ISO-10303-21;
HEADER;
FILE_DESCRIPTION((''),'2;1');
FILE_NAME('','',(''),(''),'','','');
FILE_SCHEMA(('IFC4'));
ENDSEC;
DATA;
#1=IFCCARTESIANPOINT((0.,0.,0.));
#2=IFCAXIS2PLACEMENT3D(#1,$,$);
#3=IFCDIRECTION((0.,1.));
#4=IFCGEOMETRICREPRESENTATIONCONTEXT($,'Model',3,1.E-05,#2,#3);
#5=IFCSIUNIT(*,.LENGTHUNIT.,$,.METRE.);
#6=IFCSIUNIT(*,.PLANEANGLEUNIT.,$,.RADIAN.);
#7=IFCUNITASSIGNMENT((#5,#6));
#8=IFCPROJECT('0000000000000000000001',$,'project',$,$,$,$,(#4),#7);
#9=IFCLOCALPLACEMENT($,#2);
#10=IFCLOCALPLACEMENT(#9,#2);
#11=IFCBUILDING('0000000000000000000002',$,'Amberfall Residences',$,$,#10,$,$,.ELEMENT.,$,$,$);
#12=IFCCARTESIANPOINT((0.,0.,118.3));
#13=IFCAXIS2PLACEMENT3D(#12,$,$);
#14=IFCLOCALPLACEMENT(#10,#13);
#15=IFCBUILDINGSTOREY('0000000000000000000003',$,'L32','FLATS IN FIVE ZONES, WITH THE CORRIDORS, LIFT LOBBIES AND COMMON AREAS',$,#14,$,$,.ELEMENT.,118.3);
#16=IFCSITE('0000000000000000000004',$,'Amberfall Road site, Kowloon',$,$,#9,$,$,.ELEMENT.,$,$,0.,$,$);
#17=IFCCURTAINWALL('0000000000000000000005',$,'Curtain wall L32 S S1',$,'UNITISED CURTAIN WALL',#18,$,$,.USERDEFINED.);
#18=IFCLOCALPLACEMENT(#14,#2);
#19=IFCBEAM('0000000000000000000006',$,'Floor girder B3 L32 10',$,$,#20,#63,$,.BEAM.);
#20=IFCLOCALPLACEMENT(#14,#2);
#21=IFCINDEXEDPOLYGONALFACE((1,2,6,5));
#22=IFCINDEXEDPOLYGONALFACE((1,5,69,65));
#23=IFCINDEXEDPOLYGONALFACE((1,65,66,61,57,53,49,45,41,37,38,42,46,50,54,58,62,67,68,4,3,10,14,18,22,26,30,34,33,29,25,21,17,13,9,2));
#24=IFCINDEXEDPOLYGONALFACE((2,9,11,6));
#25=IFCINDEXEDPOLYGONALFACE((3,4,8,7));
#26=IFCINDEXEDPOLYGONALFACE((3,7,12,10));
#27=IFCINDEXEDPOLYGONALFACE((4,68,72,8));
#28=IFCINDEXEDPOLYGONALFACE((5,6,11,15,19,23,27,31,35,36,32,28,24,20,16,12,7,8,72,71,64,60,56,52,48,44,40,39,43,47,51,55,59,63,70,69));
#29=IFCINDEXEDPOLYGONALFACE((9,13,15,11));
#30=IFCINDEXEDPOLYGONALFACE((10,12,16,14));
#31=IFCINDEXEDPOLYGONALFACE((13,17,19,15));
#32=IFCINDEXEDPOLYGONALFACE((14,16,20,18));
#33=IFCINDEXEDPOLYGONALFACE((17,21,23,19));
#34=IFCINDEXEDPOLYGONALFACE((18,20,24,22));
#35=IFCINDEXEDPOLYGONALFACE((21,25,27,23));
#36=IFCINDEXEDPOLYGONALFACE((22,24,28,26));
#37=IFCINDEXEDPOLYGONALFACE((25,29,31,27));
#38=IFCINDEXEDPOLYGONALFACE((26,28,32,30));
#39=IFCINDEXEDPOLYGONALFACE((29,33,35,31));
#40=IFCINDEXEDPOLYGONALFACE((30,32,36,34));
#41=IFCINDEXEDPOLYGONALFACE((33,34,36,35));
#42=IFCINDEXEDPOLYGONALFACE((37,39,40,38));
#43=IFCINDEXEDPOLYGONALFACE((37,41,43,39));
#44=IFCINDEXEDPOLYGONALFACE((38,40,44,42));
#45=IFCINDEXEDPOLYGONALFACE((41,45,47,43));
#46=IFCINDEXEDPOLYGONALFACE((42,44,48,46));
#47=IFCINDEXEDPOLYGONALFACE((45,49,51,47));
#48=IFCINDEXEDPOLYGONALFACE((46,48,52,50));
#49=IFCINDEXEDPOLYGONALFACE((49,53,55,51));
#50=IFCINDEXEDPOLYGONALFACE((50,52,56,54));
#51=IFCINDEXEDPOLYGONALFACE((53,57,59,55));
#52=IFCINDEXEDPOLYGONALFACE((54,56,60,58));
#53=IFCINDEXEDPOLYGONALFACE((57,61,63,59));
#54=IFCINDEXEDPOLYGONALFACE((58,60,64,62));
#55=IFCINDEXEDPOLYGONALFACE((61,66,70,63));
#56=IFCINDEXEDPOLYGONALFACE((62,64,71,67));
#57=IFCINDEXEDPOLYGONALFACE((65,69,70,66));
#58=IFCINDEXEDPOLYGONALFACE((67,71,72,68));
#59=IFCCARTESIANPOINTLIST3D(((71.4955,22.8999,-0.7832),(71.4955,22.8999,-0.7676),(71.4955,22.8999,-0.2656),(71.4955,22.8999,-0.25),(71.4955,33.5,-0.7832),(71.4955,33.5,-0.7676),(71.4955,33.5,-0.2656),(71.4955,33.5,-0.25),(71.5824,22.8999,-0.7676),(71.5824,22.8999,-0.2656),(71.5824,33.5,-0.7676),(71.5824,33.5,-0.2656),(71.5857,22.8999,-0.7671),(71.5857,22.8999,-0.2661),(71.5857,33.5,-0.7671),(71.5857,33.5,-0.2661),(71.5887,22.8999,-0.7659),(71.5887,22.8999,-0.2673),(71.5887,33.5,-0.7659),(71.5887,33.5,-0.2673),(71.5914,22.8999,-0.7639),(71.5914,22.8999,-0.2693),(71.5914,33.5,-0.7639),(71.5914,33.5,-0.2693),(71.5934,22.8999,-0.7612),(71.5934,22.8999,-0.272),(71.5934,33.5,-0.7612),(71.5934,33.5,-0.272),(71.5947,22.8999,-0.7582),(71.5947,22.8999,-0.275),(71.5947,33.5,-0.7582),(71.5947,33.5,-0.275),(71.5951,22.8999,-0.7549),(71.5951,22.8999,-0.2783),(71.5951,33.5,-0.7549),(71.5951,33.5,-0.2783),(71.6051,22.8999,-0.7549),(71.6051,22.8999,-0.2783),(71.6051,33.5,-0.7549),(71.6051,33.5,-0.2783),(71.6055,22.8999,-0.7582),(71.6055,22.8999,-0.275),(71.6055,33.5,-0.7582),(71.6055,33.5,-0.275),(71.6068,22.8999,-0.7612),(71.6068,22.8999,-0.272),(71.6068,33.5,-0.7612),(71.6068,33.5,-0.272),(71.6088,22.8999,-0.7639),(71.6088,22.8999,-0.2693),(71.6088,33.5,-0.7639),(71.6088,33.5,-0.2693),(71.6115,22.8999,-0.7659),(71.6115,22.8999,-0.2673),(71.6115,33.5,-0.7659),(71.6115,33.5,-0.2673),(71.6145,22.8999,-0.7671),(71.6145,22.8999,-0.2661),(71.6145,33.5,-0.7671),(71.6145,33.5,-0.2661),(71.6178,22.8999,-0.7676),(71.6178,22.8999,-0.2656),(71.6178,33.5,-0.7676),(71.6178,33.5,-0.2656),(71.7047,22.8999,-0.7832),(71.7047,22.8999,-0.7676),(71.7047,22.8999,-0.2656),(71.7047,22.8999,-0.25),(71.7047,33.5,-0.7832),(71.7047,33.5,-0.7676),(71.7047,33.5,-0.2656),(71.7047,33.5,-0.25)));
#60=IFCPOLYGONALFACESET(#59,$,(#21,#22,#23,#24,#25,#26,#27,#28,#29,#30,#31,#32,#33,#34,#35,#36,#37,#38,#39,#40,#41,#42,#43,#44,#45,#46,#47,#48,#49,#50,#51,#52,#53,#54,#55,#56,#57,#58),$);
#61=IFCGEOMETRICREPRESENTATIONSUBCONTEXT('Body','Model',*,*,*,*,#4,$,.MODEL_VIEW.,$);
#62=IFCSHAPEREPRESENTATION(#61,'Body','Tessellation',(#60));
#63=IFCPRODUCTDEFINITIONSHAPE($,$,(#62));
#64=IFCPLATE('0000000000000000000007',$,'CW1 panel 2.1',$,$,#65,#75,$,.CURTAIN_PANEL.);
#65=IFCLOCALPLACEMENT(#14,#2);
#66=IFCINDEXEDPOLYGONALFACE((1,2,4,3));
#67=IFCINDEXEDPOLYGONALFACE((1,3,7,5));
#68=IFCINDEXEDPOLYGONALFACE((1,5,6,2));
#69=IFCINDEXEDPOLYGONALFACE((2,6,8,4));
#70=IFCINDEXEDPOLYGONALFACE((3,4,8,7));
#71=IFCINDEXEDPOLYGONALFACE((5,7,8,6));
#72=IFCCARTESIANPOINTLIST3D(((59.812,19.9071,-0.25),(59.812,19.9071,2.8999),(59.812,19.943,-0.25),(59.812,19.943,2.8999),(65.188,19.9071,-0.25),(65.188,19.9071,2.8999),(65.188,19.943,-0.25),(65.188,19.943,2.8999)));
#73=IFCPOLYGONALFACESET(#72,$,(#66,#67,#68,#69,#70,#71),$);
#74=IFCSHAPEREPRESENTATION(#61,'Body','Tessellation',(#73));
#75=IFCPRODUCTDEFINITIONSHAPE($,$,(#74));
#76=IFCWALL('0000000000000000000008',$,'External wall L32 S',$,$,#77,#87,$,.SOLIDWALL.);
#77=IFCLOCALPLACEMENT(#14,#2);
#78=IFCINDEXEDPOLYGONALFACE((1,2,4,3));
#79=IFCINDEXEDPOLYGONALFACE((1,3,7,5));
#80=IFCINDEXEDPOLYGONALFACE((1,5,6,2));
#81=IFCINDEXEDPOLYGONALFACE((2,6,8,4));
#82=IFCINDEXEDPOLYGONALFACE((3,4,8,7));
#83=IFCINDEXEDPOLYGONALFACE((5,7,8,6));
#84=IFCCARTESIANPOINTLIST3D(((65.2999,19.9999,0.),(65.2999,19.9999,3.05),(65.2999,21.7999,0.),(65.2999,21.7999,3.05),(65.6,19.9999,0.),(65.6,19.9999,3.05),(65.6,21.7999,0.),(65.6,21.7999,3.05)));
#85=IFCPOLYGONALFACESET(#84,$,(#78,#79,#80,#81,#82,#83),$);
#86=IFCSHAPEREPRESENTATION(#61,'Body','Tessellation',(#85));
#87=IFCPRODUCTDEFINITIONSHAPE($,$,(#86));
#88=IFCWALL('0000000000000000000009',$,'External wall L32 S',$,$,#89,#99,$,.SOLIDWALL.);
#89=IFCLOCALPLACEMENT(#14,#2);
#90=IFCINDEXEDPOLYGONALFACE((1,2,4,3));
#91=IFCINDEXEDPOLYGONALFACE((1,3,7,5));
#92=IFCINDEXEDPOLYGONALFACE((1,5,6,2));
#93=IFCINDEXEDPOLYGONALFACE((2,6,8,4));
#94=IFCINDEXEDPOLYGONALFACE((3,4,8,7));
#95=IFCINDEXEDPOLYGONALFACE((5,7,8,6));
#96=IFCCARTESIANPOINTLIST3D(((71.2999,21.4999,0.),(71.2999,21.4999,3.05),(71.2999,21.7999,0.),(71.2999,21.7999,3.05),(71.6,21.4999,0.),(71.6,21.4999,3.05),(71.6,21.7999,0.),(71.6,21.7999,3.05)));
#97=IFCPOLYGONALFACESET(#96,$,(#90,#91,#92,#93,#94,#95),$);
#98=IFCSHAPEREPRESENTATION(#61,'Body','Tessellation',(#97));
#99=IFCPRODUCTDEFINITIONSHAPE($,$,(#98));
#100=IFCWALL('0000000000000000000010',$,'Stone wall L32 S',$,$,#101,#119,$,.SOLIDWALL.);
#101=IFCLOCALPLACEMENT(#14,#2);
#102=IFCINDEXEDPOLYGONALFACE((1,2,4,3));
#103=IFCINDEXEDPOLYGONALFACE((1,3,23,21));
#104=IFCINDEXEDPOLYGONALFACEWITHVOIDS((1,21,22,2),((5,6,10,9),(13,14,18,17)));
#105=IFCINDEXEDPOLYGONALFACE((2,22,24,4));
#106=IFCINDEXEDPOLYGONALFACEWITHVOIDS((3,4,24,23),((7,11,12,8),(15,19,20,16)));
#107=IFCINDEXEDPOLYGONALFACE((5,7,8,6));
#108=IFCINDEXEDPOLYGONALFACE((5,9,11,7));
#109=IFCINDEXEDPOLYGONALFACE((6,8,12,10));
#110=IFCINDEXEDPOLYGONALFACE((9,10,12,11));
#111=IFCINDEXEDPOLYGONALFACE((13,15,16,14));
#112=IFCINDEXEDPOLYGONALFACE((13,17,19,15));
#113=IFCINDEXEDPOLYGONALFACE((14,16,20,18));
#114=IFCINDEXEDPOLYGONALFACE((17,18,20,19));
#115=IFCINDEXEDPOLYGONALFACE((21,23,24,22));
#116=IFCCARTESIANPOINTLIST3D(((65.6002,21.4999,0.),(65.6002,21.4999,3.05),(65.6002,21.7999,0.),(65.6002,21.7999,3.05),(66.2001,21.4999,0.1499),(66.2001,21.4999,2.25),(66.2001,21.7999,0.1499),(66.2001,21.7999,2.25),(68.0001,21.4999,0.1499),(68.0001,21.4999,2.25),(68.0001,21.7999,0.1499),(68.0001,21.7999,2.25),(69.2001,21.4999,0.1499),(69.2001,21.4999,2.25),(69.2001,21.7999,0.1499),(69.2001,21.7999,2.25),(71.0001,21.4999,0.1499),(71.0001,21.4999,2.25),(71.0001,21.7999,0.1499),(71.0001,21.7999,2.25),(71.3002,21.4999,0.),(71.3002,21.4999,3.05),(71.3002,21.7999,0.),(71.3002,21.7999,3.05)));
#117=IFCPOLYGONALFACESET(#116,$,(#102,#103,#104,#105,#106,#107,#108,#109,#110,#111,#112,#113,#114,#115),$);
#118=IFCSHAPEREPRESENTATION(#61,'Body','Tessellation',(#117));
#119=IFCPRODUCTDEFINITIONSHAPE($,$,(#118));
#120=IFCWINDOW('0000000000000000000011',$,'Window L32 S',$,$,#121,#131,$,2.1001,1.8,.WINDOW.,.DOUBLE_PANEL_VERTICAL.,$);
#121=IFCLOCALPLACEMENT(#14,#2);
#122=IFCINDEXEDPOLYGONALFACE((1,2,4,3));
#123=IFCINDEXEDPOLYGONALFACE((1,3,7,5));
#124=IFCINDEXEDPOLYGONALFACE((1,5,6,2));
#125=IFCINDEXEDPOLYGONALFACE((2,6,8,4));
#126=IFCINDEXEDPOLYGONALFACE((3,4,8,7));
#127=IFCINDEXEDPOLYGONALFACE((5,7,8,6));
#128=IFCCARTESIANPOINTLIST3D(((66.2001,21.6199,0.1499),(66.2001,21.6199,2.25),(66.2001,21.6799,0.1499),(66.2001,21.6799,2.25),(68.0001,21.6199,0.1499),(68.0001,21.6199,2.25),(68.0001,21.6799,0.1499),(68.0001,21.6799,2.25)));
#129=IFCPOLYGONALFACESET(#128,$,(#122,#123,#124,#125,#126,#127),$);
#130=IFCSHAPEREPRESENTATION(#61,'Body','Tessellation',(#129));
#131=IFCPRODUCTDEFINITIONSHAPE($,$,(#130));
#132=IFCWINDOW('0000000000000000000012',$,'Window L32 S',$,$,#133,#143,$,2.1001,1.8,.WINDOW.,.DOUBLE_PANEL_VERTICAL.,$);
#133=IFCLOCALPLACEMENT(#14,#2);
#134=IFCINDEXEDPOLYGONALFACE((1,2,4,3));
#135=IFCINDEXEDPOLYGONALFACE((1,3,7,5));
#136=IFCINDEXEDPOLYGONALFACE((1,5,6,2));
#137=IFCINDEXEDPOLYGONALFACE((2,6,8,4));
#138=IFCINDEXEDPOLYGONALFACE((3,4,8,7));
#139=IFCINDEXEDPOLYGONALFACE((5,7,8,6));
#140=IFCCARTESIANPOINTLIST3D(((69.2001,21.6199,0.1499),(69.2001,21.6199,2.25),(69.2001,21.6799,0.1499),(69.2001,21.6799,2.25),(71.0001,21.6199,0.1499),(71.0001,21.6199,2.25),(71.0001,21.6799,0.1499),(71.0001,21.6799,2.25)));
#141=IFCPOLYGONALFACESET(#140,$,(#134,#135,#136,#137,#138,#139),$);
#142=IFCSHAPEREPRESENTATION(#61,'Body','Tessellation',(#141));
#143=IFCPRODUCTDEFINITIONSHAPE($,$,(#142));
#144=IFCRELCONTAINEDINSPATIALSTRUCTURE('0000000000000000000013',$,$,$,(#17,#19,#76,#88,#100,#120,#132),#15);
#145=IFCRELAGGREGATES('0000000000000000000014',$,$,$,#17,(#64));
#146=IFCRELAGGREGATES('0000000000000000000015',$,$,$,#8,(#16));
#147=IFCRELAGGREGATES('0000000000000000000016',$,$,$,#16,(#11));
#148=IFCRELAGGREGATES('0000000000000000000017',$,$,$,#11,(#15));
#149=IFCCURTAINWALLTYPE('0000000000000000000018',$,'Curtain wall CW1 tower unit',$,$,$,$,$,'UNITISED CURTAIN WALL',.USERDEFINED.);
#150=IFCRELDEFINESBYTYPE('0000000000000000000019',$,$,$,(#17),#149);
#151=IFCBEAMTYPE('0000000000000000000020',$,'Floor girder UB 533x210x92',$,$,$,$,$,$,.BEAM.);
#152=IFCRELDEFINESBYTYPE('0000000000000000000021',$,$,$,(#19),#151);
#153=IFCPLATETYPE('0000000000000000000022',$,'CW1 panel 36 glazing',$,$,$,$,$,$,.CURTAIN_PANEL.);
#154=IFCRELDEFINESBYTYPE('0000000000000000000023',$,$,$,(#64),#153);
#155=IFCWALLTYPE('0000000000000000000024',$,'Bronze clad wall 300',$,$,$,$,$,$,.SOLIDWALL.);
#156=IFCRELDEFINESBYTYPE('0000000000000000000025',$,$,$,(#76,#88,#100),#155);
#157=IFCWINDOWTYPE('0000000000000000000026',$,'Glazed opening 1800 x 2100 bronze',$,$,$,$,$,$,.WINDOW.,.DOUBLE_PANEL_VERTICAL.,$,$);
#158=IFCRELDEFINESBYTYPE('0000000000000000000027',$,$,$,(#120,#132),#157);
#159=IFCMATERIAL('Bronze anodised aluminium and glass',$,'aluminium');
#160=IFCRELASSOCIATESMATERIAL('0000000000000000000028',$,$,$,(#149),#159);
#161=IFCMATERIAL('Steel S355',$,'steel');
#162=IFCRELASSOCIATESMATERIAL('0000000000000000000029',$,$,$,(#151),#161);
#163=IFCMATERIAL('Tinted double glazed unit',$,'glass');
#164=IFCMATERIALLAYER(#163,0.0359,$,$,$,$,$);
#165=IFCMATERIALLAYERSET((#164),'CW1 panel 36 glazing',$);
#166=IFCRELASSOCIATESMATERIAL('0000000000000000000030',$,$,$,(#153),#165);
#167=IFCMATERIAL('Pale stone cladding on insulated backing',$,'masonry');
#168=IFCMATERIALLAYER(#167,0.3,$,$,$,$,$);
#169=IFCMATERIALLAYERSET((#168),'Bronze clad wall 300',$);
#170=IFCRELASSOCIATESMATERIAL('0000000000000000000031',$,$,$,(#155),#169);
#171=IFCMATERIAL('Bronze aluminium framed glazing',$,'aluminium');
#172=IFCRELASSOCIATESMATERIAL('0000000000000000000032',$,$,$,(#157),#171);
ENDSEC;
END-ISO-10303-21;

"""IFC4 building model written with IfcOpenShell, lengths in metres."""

from ifc_helpers import new_model, si_unit, direction, frame, frame_2d, origin, origin_2d, place, context, subcontext, project, spatial, rectangle, i_section, extrude, material, layer, layer_set, material_profile, profile_set, type_object, element, fill, aggregate, save


model = new_model("IFC4")

# Units and contexts
model_context = context("Model", 3, precision=1e-05, world=origin(), true_north=direction((0.0, 1.0)))
body_context = subcontext(model_context, "Body", "Model", "MODEL_VIEW")
ifc_project = project(units=[si_unit("LENGTHUNIT", "METRE"), si_unit("PLANEANGLEUNIT", "RADIAN")], contexts=[model_context])

# Site, building, storey
site_placement = place(None, origin())
site = spatial("IfcSite", under=ifc_project, at=site_placement, Name="Amberfall Road site, Kowloon", CompositionType="ELEMENT", RefElevation=0.0)
building_placement = place(site_placement, origin())
building = spatial("IfcBuilding", under=site, at=building_placement, Name="Amberfall Residences", CompositionType="ELEMENT")
storey_placement = place(building_placement, frame((0.0, 0.0, 118.3)))
storey = spatial("IfcBuildingStorey", under=building, at=storey_placement, Name="L32", Description="FLATS IN FIVE ZONES, WITH THE CORRIDORS, LIFT LOBBIES AND COMMON AREAS", CompositionType="ELEMENT", Elevation=118.3)

# Curtain wall
ifc_material_1 = material(Name="Bronze anodised aluminium and glass", Category="aluminium")
curtain_wall_type = type_object("IfcCurtainWallType", Name="Curtain wall CW1 tower unit", ElementType="UNITISED CURTAIN WALL", PredefinedType="USERDEFINED", material=ifc_material_1)
curtain_wall_placement = place(storey_placement, origin())
curtain_wall = element("IfcCurtainWall", 1, at=curtain_wall_placement, inside=storey, type_object=curtain_wall_type, Name="Curtain wall L32 S S1", ObjectType="UNITISED CURTAIN WALL", PredefinedType="USERDEFINED")

# Shared definitions
ifc_material_2 = material(Name="Steel S355", Category="steel")

# Beam
ifc_material_profile_1 = material_profile(ifc_material_2, i_section(OverallWidth=0.2092, OverallDepth=0.5332, WebThickness=0.01, FlangeThickness=0.0156, FilletRadius=0.0127, at=origin_2d()), Name="UB 533x210x92")
ifc_profile_set_1 = profile_set([ifc_material_profile_1], Name="Steel S355")
beam_type_1 = type_object("IfcBeamType", Name="Floor girder UB 533x210x92", PredefinedType="BEAM", material=ifc_profile_set_1)
for number, where, z_axis, x_axis, name in (
    (2, (71.6001, 22.8999, -0.5166), (0.0, 1.0, 0.0), (-1.0, 0.0, 0.0), "Floor girder B3 L32 10"),
):
    element("IfcBeam", number, at=place(storey_placement, frame(where, z_axis=z_axis, x_axis=x_axis)), inside=storey, type_object=beam_type_1, Name=name, PredefinedType="BEAM", context=body_context, shape_type="SweptSolid", body=[
        extrude(i_section(OverallWidth=0.2092, OverallDepth=0.5332, WebThickness=0.01, FlangeThickness=0.0156, FilletRadius=0.0127, at=origin_2d()), origin(), (0.0, 0.0, 1.0), 10.6001),
    ])

# Plate
ifc_material_3 = material(Name="Tinted double glazed unit", Category="glass")
ifc_layer_1 = layer(ifc_material_3, 0.0359)
ifc_layer_set_1 = layer_set([ifc_layer_1], Name="CW1 panel 36 glazing")
plate_type = type_object("IfcPlateType", Name="CW1 panel 36 glazing", PredefinedType="CURTAIN_PANEL", material=ifc_layer_set_1)
plate_placement = place(storey_placement, frame((62.5, 19.925, -0.25), z_axis=(0.0, 0.0, 1.0), x_axis=(1.0, 0.0, 0.0)))
plate = element("IfcPlate", 3, at=plate_placement, type_object=plate_type, Name="CW1 panel 2.1", PredefinedType="CURTAIN_PANEL", context=body_context, shape_type="SweptSolid", body=[
    extrude(rectangle(XDim=5.376, YDim=0.0359, at=origin_2d()), origin(), (0.0, 0.0, 1.0), 3.1499),
])
aggregate(curtain_wall, [plate])

# Walls
ifc_material_4 = material(Name="Pale stone cladding on insulated backing", Category="masonry")
ifc_layer_2 = layer(ifc_material_4, 0.3)
ifc_layer_set_2 = layer_set([ifc_layer_2], Name="Bronze clad wall 300")
wall_type_1 = type_object("IfcWallType", Name="Bronze clad wall 300", PredefinedType="SOLIDWALL", material=ifc_layer_set_2)
wall_1_placement = place(storey_placement, frame((65.45, 20.0, 0.0), z_axis=(0.0, 0.0, 1.0), x_axis=(0.0, 1.0, 0.0)))
element("IfcWall", 4, at=wall_1_placement, inside=storey, type_object=wall_type_1, Name="External wall L32 S", PredefinedType="SOLIDWALL", context=body_context, shape_type="SweptSolid", body=[
    extrude(rectangle(XDim=1.8, YDim=0.3, at=frame_2d((0.8999, 0.0))), origin(), (0.0, 0.0, 1.0), 3.05),
])
wall_2_placement = place(storey_placement, frame((71.45, 21.5, 0.0), z_axis=(0.0, 0.0, 1.0), x_axis=(0.0, 1.0, 0.0)))
element("IfcWall", 5, at=wall_2_placement, inside=storey, type_object=wall_type_1, Name="External wall L32 S", PredefinedType="SOLIDWALL", context=body_context, shape_type="SweptSolid", body=[
    extrude(rectangle(XDim=0.3, YDim=0.3, at=frame_2d((0.1499, 0.0))), origin(), (0.0, 0.0, 1.0), 3.05),
])

# Wall, openings, windows
wall_3_placement = place(storey_placement, frame((65.6001, 21.6499, 0.0), z_axis=(0.0, 0.0, 1.0), x_axis=(1.0, 0.0, 0.0)))
wall_3 = element("IfcWall", 6, at=wall_3_placement, inside=storey, type_object=wall_type_1, Name="Stone wall L32 S", PredefinedType="SOLIDWALL", context=body_context, shape_type="SweptSolid", body=[
    extrude(rectangle(XDim=5.7, YDim=0.3, at=frame_2d((2.8501, 0.0))), origin(), (0.0, 0.0, 1.0), 3.05),
])
opening_1_placement = place(wall_3_placement, frame((0.6001, 0.0, 0.1499)))
opening_1 = element("IfcOpeningElement", 7, at=opening_1_placement, cuts=wall_3, PredefinedType="OPENING", context=body_context, shape_type="SweptSolid", body=[
    extrude(rectangle(XDim=1.8, YDim=2.1001, at=frame_2d((0.8999, 1.05))), frame((0.0, 0.1599, 0.0), z_axis=(0.0, -1.0, 0.0), x_axis=(1.0, 0.0, 0.0)), (0.0, 0.0, 1.0), 0.3201),
])
opening_2_placement = place(wall_3_placement, frame((3.6001, 0.0, 0.1499)))
opening_2 = element("IfcOpeningElement", 8, at=opening_2_placement, cuts=wall_3, PredefinedType="OPENING", context=body_context, shape_type="SweptSolid", body=[
    extrude(rectangle(XDim=1.8, YDim=2.1001, at=frame_2d((0.8999, 1.05))), frame((0.0, 0.1599, 0.0), z_axis=(0.0, -1.0, 0.0), x_axis=(1.0, 0.0, 0.0)), (0.0, 0.0, 1.0), 0.3201),
])
ifc_material_5 = material(Name="Bronze aluminium framed glazing", Category="aluminium")
window_type = type_object("IfcWindowType", Name="Glazed opening 1800 x 2100 bronze", PartitioningType="DOUBLE_PANEL_VERTICAL", PredefinedType="WINDOW", material=ifc_material_5)
window_1_placement = place(opening_1_placement, origin())
window_1 = element("IfcWindow", 9, at=window_1_placement, inside=storey, type_object=window_type, Name="Window L32 S", OverallHeight=2.1001, OverallWidth=1.8, PartitioningType="DOUBLE_PANEL_VERTICAL", PredefinedType="WINDOW", context=body_context, shape_type="SweptSolid", body=[
    extrude(rectangle(XDim=1.8, YDim=2.1001, at=frame_2d((0.8999, 1.05))), frame((0.0, 0.03, 0.0), z_axis=(0.0, -1.0, 0.0), x_axis=(1.0, 0.0, 0.0)), (0.0, 0.0, 1.0), 0.0601),
])
fill(opening_1, window_1)
window_2_placement = place(opening_2_placement, origin())
window_2 = element("IfcWindow", 10, at=window_2_placement, inside=storey, type_object=window_type, Name="Window L32 S", OverallHeight=2.1001, OverallWidth=1.8, PartitioningType="DOUBLE_PANEL_VERTICAL", PredefinedType="WINDOW", context=body_context, shape_type="SweptSolid", body=[
    extrude(rectangle(XDim=1.8, YDim=2.1001, at=frame_2d((0.8999, 1.05))), frame((0.0, 0.03, 0.0), z_axis=(0.0, -1.0, 0.0), x_axis=(1.0, 0.0, 0.0)), (0.0, 0.0, 1.0), 0.0601),
])
fill(opening_2, window_2)

save(model, "model.ifc")
